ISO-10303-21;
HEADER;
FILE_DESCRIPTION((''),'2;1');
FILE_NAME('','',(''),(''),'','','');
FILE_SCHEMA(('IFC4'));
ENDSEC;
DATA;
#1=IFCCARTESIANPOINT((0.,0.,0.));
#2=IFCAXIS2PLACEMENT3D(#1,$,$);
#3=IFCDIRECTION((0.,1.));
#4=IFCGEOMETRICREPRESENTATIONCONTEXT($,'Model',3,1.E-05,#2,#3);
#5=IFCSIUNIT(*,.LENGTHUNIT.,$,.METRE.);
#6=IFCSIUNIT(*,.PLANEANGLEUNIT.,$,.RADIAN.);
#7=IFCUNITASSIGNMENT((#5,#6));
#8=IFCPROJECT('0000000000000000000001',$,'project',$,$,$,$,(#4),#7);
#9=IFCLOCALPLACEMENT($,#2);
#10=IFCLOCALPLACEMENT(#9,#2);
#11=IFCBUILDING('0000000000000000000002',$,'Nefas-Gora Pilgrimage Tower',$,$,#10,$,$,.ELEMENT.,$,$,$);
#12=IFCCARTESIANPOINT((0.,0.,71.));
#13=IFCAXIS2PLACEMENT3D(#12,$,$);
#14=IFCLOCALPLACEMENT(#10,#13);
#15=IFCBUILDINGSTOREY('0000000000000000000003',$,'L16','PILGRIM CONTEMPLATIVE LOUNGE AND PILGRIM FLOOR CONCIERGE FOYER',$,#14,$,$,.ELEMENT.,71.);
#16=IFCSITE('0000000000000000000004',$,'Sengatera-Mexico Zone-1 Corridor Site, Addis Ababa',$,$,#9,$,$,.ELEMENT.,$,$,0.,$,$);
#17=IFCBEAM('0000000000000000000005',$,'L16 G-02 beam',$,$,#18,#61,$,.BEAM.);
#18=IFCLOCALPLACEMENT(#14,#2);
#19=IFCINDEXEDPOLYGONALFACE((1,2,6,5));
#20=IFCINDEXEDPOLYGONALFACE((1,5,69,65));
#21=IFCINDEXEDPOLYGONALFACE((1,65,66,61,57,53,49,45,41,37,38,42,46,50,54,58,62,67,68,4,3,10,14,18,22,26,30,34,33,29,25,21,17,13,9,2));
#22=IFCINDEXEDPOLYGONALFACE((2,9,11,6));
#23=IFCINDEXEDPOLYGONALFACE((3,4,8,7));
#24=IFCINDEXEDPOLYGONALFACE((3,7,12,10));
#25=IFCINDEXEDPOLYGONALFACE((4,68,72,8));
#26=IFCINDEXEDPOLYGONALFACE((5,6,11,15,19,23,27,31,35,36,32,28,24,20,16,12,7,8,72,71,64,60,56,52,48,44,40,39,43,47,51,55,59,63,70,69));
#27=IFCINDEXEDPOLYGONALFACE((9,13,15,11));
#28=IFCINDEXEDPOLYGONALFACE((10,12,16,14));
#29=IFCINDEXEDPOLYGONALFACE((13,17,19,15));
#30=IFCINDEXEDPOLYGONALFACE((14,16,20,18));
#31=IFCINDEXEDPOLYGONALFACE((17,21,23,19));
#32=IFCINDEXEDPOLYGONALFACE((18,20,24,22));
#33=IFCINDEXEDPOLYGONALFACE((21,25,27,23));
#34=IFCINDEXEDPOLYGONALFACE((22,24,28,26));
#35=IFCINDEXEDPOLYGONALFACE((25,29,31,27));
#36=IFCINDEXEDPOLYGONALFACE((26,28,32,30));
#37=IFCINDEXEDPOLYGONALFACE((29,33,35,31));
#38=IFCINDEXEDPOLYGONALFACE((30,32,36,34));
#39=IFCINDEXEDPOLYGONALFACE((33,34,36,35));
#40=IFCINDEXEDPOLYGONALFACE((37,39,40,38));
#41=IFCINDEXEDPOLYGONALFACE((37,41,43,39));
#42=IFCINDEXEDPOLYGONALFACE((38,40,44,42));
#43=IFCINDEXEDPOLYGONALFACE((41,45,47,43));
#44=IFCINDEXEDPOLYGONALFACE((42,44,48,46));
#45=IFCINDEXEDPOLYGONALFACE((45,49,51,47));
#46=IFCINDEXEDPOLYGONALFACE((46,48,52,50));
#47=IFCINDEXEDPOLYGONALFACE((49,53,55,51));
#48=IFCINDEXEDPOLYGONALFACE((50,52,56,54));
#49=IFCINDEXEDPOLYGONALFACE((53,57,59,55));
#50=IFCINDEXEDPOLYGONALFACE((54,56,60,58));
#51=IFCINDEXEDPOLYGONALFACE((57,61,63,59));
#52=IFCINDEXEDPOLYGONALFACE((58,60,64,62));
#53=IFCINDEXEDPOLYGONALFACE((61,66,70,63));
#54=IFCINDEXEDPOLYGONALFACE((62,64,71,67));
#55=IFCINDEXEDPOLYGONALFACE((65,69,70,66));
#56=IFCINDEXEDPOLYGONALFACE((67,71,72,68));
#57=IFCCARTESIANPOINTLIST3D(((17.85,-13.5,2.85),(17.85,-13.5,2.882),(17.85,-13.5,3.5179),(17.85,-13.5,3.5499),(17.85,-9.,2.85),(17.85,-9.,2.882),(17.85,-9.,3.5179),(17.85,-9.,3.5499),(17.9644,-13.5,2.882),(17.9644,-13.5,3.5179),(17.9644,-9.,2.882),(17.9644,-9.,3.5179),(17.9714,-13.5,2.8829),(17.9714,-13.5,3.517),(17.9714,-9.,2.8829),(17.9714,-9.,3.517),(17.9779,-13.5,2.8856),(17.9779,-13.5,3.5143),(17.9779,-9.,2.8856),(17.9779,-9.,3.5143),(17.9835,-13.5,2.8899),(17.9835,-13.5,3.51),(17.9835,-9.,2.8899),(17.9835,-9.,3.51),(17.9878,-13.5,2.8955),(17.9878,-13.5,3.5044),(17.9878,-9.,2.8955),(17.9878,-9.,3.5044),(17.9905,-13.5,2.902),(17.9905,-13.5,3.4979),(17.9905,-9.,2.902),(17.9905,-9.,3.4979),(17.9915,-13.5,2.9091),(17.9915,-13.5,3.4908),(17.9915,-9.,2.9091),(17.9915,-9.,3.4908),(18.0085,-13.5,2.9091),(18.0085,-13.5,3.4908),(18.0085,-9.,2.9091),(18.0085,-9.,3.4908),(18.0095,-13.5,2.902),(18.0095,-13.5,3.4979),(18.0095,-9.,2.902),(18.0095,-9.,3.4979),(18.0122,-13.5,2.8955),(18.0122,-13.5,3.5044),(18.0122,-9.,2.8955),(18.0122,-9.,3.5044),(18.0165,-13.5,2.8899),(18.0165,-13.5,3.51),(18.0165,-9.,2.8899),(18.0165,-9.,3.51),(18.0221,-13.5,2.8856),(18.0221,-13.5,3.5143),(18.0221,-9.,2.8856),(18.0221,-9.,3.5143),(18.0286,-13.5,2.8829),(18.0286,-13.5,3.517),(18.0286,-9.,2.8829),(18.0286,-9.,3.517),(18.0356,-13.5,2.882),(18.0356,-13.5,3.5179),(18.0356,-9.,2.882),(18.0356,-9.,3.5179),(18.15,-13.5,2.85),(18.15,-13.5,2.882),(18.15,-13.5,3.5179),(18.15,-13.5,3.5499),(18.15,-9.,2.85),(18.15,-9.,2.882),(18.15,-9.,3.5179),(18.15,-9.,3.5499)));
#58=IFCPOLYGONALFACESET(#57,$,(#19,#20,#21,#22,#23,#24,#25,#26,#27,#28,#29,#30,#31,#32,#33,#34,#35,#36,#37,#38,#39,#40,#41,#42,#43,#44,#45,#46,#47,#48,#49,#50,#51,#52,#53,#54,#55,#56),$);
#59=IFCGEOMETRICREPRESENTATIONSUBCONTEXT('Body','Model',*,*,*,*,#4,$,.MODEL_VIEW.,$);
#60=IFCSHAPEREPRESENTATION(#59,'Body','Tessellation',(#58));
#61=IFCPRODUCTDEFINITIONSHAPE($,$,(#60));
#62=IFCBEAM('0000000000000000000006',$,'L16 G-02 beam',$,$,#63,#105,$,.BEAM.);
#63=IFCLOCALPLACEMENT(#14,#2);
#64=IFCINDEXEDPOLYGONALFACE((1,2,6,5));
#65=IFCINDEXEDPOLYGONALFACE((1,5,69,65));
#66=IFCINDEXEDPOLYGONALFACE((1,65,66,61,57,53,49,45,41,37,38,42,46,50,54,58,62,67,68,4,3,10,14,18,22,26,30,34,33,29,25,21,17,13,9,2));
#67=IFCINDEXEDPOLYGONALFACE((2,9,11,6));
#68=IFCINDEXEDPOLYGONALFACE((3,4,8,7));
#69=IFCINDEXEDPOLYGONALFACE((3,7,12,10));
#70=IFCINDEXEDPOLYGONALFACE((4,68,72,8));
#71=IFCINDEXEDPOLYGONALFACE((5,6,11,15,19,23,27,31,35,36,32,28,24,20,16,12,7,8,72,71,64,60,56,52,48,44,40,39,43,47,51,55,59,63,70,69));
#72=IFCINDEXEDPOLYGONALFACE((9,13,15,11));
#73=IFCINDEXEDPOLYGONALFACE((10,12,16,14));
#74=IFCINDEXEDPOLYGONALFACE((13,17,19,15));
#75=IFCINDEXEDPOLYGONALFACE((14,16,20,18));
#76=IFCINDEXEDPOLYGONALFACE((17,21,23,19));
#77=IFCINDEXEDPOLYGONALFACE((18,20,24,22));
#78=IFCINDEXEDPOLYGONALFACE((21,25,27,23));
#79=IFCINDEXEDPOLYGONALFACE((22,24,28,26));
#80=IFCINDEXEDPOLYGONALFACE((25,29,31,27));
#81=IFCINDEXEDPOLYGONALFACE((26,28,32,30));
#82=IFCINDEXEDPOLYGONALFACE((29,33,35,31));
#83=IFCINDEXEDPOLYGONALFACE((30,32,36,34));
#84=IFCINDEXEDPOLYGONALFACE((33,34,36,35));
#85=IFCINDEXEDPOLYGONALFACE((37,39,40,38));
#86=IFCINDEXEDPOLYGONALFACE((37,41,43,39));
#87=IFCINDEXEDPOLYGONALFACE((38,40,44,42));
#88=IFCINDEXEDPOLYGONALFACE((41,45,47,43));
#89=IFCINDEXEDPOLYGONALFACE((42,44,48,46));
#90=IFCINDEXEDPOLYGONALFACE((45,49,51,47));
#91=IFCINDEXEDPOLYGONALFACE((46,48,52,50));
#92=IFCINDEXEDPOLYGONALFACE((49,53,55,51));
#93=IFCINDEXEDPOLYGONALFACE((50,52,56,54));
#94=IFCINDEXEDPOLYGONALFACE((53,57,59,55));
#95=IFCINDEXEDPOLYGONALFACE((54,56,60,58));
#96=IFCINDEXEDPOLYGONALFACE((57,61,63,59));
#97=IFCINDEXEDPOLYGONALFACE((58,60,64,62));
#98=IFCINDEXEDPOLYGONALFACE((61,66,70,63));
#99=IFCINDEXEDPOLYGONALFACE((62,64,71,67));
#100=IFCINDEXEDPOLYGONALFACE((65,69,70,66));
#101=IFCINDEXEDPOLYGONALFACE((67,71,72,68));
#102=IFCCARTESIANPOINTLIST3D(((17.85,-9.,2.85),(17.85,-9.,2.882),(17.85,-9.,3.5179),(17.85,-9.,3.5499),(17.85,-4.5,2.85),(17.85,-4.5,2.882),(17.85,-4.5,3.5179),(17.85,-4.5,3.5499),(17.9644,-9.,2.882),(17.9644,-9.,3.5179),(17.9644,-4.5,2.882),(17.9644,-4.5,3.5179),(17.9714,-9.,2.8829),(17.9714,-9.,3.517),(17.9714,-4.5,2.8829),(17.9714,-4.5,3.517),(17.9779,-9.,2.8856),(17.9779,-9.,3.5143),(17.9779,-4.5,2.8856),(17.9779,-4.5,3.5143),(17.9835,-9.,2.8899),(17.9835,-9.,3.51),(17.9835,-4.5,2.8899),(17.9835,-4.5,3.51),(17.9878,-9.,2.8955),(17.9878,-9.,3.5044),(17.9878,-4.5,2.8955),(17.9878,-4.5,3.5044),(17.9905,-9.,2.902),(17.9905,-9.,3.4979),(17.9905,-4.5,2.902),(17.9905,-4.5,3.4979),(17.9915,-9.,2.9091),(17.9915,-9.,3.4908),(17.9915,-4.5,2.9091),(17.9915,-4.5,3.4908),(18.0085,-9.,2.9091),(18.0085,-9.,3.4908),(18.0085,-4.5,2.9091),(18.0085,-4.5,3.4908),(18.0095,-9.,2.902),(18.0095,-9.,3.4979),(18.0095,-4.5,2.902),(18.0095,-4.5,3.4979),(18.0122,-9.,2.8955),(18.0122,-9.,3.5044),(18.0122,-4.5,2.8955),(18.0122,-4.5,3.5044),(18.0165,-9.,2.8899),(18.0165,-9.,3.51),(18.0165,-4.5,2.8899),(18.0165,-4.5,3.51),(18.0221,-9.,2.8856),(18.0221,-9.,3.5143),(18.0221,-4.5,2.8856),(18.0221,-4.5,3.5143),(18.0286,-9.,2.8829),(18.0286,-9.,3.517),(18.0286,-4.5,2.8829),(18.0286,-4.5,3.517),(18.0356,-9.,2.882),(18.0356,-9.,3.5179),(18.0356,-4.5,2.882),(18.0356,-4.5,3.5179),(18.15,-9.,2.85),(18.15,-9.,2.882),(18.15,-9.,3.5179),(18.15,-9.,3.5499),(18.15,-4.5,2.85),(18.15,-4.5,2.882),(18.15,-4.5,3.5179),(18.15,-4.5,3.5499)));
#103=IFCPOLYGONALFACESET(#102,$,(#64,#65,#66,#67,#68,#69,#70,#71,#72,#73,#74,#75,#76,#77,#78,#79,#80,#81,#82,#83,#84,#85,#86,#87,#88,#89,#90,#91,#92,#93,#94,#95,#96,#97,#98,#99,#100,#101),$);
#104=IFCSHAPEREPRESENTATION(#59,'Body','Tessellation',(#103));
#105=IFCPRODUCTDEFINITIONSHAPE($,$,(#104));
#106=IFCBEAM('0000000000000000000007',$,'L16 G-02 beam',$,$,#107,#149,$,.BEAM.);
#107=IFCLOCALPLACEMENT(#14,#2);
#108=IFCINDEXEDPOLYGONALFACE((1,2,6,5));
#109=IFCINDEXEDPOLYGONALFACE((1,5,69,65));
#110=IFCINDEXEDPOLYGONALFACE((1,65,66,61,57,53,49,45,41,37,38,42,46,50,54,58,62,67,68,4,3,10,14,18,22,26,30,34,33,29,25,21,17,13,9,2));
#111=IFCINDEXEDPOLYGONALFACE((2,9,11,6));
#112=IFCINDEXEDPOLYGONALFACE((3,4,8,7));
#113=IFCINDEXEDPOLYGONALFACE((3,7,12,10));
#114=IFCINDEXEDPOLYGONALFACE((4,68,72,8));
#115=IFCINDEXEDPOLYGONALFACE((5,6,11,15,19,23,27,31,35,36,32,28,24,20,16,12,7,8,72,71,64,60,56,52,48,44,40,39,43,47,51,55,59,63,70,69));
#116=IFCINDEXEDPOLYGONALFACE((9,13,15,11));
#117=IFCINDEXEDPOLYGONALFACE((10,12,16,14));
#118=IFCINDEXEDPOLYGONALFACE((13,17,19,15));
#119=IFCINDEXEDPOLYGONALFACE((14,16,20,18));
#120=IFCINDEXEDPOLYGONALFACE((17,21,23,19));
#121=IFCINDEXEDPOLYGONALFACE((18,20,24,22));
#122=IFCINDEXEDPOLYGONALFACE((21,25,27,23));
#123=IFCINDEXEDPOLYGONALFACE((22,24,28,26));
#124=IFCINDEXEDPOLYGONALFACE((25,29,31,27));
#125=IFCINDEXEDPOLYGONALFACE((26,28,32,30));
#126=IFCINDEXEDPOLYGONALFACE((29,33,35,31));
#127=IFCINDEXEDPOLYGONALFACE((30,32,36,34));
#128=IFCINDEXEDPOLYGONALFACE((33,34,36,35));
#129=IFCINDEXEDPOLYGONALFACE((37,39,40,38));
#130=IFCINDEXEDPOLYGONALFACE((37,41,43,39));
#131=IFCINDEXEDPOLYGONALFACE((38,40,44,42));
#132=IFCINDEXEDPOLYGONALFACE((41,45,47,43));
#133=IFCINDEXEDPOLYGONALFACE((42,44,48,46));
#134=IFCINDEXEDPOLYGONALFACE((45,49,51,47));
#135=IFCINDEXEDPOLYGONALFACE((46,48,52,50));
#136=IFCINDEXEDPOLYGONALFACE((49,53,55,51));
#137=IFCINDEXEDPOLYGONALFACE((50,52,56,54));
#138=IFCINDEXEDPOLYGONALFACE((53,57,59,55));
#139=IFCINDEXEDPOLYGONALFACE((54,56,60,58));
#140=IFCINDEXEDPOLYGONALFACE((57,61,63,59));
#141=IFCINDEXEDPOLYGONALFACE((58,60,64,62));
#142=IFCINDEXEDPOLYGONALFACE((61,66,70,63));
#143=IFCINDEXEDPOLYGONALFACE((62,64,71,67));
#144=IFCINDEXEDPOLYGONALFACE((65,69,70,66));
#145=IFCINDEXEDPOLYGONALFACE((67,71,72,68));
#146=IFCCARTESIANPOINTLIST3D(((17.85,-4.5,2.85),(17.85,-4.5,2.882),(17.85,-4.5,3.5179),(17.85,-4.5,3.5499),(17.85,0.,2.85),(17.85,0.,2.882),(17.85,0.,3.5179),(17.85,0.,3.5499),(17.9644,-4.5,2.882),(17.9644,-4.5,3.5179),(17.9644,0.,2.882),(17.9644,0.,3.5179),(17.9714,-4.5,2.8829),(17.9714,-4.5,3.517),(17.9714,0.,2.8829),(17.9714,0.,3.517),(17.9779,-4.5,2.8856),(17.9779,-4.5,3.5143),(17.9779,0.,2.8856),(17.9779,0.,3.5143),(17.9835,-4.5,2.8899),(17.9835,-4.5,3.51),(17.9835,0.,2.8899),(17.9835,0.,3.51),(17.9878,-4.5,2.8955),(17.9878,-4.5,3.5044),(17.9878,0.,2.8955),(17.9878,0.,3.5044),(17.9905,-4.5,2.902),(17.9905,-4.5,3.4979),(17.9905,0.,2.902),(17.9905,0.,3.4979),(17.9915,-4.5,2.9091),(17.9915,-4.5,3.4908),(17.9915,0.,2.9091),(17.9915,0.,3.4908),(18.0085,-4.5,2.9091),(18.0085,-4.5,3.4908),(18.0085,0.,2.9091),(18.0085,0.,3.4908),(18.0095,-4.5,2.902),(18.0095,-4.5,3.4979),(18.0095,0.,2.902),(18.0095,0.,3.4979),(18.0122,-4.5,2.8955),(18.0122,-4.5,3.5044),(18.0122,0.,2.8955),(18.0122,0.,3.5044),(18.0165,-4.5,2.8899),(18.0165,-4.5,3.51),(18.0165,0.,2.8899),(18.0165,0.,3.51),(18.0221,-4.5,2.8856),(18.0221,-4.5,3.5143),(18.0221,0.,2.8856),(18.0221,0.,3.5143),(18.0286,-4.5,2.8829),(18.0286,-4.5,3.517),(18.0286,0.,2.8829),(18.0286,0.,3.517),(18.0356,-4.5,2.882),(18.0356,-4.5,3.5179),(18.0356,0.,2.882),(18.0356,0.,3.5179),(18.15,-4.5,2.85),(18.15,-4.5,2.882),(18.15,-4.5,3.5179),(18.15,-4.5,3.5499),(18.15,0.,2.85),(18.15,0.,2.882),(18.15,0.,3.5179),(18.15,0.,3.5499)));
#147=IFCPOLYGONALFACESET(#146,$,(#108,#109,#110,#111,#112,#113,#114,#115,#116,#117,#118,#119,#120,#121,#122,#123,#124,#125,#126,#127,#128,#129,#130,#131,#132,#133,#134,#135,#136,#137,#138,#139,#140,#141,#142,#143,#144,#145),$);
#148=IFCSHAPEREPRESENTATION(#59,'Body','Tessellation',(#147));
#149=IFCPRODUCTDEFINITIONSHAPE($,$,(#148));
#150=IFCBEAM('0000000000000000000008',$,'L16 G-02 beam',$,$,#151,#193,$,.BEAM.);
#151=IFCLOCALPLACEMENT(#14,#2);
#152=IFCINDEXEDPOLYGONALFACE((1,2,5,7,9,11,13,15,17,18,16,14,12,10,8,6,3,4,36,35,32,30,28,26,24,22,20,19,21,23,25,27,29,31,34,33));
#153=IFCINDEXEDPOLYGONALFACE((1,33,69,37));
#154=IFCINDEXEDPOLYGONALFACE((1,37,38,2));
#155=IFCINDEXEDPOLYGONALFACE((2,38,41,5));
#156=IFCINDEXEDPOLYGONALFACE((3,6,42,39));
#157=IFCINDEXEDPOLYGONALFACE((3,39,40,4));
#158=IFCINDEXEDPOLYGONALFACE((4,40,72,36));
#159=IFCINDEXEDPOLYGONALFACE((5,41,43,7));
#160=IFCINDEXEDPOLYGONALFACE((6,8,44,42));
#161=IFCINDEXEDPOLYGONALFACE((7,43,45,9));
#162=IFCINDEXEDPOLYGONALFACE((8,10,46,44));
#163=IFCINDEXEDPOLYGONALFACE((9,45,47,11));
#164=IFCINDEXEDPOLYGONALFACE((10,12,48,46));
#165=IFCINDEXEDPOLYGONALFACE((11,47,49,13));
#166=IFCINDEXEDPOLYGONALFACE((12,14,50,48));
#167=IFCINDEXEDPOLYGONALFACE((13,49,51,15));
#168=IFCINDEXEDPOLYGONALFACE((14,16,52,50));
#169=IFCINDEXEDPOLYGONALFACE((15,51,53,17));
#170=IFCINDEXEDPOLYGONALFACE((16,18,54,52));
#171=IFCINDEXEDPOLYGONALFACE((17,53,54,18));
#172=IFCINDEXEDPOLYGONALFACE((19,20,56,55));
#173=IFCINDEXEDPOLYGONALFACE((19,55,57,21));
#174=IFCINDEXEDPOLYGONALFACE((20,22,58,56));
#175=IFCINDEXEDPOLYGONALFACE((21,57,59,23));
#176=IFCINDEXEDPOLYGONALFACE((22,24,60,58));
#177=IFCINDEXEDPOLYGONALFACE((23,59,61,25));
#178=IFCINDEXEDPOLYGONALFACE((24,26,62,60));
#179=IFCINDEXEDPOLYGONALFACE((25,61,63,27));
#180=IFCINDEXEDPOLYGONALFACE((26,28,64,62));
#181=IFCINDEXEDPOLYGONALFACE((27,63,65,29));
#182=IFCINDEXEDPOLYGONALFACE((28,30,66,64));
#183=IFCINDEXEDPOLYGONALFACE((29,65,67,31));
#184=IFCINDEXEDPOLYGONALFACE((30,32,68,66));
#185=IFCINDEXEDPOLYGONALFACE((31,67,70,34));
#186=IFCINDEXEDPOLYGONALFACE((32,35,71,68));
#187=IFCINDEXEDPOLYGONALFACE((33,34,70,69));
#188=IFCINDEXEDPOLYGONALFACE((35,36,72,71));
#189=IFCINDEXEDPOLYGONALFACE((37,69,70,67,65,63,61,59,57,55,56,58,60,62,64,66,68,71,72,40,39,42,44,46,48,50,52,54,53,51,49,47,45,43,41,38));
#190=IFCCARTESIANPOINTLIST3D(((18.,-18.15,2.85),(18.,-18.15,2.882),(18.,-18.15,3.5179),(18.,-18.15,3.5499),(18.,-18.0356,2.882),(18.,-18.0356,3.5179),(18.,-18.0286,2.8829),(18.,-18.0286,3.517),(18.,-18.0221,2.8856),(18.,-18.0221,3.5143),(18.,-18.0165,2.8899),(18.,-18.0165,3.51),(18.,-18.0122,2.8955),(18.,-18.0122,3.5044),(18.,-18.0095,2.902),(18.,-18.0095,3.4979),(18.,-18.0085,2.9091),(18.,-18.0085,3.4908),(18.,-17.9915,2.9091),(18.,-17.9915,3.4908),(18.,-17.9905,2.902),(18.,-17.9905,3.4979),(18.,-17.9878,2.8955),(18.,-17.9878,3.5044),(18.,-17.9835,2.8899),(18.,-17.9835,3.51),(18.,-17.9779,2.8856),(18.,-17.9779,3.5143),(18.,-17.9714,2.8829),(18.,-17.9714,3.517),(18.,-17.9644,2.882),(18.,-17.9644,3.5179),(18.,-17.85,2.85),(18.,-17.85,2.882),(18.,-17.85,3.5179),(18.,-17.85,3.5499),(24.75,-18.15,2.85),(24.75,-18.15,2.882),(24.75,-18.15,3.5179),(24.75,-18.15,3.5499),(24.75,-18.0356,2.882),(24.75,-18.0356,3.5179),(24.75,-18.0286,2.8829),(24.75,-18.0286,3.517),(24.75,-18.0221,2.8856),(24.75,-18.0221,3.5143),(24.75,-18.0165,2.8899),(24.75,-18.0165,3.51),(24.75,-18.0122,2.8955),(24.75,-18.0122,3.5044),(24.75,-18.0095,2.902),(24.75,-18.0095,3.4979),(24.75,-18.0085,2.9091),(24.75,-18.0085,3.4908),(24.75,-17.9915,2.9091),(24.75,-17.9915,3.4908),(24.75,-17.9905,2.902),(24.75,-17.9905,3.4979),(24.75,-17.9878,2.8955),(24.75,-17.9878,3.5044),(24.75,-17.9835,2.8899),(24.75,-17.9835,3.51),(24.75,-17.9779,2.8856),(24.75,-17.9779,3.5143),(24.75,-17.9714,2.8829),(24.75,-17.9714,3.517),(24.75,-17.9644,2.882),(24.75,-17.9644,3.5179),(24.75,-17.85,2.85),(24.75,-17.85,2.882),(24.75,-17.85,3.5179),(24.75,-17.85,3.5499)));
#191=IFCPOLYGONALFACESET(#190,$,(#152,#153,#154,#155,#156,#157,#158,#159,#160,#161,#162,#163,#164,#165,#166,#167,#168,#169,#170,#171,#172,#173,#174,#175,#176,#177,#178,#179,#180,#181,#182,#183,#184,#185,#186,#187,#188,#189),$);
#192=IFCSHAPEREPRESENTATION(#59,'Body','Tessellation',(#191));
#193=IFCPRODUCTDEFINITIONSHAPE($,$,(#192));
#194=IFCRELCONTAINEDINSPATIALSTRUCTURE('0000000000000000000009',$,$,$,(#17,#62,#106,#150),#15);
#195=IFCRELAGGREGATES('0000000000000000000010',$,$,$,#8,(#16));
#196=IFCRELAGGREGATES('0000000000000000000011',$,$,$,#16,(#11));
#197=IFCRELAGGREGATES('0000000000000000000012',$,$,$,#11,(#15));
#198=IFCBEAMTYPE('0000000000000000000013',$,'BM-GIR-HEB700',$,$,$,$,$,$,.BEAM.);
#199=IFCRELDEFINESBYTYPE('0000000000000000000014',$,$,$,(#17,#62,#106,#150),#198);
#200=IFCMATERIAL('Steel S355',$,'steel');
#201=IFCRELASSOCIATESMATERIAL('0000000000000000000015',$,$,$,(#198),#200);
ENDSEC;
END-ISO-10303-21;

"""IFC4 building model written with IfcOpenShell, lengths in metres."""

from ifc_helpers import new_model, si_unit, direction, frame, origin, origin_2d, place, context, subcontext, project, spatial, i_section, extrude, source, transform, mapped, material, material_profile, profile_set, type_object, element, save


model = new_model("IFC4")

# Units and contexts
model_context = context("Model", 3, precision=1e-05, world=origin(), true_north=direction((0.0, 1.0)))
body_context = subcontext(model_context, "Body", "Model", "MODEL_VIEW")
ifc_project = project(units=[si_unit("LENGTHUNIT", "METRE"), si_unit("PLANEANGLEUNIT", "RADIAN")], contexts=[model_context])

# Site, building, storey
site_placement = place(None, origin())
site = spatial("IfcSite", under=ifc_project, at=site_placement, Name="Sengatera-Mexico Zone-1 Corridor Site, Addis Ababa", CompositionType="ELEMENT", RefElevation=0.0)
building_placement = place(site_placement, origin())
building = spatial("IfcBuilding", under=site, at=building_placement, Name="Nefas-Gora Pilgrimage Tower", CompositionType="ELEMENT")
storey_placement = place(building_placement, frame((0.0, 0.0, 71.0)))
storey = spatial("IfcBuildingStorey", under=building, at=storey_placement, Name="L16", Description="PILGRIM CONTEMPLATIVE LOUNGE AND PILGRIM FLOOR CONCIERGE FOYER", CompositionType="ELEMENT", Elevation=71.0)

# Beams
ifc_material_1 = material(Name="Steel S355", Category="steel")
ifc_material_profile_1 = material_profile(ifc_material_1, i_section(OverallWidth=0.3, OverallDepth=0.7, WebThickness=0.0171, FlangeThickness=0.032, FilletRadius=0.0271, at=origin_2d()), Name="HEB 700")
ifc_profile_set_1 = profile_set([ifc_material_profile_1], Name="Steel S355")
beam_type_1 = type_object("IfcBeamType", Name="BM-GIR-HEB700", PredefinedType="BEAM", material=ifc_profile_set_1)
shared_shape_1 = source(origin(), body_context, "Body", "SweptSolid", [
    extrude(i_section(OverallWidth=0.3, OverallDepth=0.7, WebThickness=0.0171, FlangeThickness=0.032, FilletRadius=0.0271, at=origin_2d()), origin(), (0.0, 0.0, 1.0), 4.5),
])
for number, where, z_axis, x_axis, name in (
    (1, (18.0, -13.5, 3.2), (0.0, 1.0, 0.0), (-1.0, 0.0, 0.0), "L16 G-02 beam"),
    (2, (18.0, -9.0, 3.2), (0.0, 1.0, 0.0), (-1.0, 0.0, 0.0), "L16 G-02 beam"),
    (3, (18.0, -4.5, 3.2), (0.0, 1.0, 0.0), (-1.0, 0.0, 0.0), "L16 G-02 beam"),
):
    element("IfcBeam", number, at=place(storey_placement, frame(where, z_axis=z_axis, x_axis=x_axis)), inside=storey, type_object=beam_type_1, Name=name, PredefinedType="BEAM", context=body_context, shape_type="MappedRepresentation", body=[
        mapped(shared_shape_1, transform((0.0, 0.0, 0.0), x_axis=(1.0, 0.0, 0.0), y_axis=(0.0, 1.0, 0.0), z_axis=(0.0, 0.0, 1.0), scale=1.0)),
    ])
shared_shape_2 = source(origin(), body_context, "Body", "SweptSolid", [
    extrude(i_section(OverallWidth=0.3, OverallDepth=0.7, WebThickness=0.0171, FlangeThickness=0.032, FilletRadius=0.0271, at=origin_2d()), origin(), (0.0, 0.0, 1.0), 6.75),
])
for number, where, z_axis, x_axis, name in (
    (4, (18.0, -18.0, 3.2), (1.0, 0.0, 0.0), (0.0, 1.0, 0.0), "L16 G-02 beam"),
):
    element("IfcBeam", number, at=place(storey_placement, frame(where, z_axis=z_axis, x_axis=x_axis)), inside=storey, type_object=beam_type_1, Name=name, PredefinedType="BEAM", context=body_context, shape_type="MappedRepresentation", body=[
        mapped(shared_shape_2, transform((0.0, 0.0, 0.0), x_axis=(1.0, 0.0, 0.0), y_axis=(0.0, 1.0, 0.0), z_axis=(0.0, 0.0, 1.0), scale=1.0)),
    ])

save(model, "model.ifc")
